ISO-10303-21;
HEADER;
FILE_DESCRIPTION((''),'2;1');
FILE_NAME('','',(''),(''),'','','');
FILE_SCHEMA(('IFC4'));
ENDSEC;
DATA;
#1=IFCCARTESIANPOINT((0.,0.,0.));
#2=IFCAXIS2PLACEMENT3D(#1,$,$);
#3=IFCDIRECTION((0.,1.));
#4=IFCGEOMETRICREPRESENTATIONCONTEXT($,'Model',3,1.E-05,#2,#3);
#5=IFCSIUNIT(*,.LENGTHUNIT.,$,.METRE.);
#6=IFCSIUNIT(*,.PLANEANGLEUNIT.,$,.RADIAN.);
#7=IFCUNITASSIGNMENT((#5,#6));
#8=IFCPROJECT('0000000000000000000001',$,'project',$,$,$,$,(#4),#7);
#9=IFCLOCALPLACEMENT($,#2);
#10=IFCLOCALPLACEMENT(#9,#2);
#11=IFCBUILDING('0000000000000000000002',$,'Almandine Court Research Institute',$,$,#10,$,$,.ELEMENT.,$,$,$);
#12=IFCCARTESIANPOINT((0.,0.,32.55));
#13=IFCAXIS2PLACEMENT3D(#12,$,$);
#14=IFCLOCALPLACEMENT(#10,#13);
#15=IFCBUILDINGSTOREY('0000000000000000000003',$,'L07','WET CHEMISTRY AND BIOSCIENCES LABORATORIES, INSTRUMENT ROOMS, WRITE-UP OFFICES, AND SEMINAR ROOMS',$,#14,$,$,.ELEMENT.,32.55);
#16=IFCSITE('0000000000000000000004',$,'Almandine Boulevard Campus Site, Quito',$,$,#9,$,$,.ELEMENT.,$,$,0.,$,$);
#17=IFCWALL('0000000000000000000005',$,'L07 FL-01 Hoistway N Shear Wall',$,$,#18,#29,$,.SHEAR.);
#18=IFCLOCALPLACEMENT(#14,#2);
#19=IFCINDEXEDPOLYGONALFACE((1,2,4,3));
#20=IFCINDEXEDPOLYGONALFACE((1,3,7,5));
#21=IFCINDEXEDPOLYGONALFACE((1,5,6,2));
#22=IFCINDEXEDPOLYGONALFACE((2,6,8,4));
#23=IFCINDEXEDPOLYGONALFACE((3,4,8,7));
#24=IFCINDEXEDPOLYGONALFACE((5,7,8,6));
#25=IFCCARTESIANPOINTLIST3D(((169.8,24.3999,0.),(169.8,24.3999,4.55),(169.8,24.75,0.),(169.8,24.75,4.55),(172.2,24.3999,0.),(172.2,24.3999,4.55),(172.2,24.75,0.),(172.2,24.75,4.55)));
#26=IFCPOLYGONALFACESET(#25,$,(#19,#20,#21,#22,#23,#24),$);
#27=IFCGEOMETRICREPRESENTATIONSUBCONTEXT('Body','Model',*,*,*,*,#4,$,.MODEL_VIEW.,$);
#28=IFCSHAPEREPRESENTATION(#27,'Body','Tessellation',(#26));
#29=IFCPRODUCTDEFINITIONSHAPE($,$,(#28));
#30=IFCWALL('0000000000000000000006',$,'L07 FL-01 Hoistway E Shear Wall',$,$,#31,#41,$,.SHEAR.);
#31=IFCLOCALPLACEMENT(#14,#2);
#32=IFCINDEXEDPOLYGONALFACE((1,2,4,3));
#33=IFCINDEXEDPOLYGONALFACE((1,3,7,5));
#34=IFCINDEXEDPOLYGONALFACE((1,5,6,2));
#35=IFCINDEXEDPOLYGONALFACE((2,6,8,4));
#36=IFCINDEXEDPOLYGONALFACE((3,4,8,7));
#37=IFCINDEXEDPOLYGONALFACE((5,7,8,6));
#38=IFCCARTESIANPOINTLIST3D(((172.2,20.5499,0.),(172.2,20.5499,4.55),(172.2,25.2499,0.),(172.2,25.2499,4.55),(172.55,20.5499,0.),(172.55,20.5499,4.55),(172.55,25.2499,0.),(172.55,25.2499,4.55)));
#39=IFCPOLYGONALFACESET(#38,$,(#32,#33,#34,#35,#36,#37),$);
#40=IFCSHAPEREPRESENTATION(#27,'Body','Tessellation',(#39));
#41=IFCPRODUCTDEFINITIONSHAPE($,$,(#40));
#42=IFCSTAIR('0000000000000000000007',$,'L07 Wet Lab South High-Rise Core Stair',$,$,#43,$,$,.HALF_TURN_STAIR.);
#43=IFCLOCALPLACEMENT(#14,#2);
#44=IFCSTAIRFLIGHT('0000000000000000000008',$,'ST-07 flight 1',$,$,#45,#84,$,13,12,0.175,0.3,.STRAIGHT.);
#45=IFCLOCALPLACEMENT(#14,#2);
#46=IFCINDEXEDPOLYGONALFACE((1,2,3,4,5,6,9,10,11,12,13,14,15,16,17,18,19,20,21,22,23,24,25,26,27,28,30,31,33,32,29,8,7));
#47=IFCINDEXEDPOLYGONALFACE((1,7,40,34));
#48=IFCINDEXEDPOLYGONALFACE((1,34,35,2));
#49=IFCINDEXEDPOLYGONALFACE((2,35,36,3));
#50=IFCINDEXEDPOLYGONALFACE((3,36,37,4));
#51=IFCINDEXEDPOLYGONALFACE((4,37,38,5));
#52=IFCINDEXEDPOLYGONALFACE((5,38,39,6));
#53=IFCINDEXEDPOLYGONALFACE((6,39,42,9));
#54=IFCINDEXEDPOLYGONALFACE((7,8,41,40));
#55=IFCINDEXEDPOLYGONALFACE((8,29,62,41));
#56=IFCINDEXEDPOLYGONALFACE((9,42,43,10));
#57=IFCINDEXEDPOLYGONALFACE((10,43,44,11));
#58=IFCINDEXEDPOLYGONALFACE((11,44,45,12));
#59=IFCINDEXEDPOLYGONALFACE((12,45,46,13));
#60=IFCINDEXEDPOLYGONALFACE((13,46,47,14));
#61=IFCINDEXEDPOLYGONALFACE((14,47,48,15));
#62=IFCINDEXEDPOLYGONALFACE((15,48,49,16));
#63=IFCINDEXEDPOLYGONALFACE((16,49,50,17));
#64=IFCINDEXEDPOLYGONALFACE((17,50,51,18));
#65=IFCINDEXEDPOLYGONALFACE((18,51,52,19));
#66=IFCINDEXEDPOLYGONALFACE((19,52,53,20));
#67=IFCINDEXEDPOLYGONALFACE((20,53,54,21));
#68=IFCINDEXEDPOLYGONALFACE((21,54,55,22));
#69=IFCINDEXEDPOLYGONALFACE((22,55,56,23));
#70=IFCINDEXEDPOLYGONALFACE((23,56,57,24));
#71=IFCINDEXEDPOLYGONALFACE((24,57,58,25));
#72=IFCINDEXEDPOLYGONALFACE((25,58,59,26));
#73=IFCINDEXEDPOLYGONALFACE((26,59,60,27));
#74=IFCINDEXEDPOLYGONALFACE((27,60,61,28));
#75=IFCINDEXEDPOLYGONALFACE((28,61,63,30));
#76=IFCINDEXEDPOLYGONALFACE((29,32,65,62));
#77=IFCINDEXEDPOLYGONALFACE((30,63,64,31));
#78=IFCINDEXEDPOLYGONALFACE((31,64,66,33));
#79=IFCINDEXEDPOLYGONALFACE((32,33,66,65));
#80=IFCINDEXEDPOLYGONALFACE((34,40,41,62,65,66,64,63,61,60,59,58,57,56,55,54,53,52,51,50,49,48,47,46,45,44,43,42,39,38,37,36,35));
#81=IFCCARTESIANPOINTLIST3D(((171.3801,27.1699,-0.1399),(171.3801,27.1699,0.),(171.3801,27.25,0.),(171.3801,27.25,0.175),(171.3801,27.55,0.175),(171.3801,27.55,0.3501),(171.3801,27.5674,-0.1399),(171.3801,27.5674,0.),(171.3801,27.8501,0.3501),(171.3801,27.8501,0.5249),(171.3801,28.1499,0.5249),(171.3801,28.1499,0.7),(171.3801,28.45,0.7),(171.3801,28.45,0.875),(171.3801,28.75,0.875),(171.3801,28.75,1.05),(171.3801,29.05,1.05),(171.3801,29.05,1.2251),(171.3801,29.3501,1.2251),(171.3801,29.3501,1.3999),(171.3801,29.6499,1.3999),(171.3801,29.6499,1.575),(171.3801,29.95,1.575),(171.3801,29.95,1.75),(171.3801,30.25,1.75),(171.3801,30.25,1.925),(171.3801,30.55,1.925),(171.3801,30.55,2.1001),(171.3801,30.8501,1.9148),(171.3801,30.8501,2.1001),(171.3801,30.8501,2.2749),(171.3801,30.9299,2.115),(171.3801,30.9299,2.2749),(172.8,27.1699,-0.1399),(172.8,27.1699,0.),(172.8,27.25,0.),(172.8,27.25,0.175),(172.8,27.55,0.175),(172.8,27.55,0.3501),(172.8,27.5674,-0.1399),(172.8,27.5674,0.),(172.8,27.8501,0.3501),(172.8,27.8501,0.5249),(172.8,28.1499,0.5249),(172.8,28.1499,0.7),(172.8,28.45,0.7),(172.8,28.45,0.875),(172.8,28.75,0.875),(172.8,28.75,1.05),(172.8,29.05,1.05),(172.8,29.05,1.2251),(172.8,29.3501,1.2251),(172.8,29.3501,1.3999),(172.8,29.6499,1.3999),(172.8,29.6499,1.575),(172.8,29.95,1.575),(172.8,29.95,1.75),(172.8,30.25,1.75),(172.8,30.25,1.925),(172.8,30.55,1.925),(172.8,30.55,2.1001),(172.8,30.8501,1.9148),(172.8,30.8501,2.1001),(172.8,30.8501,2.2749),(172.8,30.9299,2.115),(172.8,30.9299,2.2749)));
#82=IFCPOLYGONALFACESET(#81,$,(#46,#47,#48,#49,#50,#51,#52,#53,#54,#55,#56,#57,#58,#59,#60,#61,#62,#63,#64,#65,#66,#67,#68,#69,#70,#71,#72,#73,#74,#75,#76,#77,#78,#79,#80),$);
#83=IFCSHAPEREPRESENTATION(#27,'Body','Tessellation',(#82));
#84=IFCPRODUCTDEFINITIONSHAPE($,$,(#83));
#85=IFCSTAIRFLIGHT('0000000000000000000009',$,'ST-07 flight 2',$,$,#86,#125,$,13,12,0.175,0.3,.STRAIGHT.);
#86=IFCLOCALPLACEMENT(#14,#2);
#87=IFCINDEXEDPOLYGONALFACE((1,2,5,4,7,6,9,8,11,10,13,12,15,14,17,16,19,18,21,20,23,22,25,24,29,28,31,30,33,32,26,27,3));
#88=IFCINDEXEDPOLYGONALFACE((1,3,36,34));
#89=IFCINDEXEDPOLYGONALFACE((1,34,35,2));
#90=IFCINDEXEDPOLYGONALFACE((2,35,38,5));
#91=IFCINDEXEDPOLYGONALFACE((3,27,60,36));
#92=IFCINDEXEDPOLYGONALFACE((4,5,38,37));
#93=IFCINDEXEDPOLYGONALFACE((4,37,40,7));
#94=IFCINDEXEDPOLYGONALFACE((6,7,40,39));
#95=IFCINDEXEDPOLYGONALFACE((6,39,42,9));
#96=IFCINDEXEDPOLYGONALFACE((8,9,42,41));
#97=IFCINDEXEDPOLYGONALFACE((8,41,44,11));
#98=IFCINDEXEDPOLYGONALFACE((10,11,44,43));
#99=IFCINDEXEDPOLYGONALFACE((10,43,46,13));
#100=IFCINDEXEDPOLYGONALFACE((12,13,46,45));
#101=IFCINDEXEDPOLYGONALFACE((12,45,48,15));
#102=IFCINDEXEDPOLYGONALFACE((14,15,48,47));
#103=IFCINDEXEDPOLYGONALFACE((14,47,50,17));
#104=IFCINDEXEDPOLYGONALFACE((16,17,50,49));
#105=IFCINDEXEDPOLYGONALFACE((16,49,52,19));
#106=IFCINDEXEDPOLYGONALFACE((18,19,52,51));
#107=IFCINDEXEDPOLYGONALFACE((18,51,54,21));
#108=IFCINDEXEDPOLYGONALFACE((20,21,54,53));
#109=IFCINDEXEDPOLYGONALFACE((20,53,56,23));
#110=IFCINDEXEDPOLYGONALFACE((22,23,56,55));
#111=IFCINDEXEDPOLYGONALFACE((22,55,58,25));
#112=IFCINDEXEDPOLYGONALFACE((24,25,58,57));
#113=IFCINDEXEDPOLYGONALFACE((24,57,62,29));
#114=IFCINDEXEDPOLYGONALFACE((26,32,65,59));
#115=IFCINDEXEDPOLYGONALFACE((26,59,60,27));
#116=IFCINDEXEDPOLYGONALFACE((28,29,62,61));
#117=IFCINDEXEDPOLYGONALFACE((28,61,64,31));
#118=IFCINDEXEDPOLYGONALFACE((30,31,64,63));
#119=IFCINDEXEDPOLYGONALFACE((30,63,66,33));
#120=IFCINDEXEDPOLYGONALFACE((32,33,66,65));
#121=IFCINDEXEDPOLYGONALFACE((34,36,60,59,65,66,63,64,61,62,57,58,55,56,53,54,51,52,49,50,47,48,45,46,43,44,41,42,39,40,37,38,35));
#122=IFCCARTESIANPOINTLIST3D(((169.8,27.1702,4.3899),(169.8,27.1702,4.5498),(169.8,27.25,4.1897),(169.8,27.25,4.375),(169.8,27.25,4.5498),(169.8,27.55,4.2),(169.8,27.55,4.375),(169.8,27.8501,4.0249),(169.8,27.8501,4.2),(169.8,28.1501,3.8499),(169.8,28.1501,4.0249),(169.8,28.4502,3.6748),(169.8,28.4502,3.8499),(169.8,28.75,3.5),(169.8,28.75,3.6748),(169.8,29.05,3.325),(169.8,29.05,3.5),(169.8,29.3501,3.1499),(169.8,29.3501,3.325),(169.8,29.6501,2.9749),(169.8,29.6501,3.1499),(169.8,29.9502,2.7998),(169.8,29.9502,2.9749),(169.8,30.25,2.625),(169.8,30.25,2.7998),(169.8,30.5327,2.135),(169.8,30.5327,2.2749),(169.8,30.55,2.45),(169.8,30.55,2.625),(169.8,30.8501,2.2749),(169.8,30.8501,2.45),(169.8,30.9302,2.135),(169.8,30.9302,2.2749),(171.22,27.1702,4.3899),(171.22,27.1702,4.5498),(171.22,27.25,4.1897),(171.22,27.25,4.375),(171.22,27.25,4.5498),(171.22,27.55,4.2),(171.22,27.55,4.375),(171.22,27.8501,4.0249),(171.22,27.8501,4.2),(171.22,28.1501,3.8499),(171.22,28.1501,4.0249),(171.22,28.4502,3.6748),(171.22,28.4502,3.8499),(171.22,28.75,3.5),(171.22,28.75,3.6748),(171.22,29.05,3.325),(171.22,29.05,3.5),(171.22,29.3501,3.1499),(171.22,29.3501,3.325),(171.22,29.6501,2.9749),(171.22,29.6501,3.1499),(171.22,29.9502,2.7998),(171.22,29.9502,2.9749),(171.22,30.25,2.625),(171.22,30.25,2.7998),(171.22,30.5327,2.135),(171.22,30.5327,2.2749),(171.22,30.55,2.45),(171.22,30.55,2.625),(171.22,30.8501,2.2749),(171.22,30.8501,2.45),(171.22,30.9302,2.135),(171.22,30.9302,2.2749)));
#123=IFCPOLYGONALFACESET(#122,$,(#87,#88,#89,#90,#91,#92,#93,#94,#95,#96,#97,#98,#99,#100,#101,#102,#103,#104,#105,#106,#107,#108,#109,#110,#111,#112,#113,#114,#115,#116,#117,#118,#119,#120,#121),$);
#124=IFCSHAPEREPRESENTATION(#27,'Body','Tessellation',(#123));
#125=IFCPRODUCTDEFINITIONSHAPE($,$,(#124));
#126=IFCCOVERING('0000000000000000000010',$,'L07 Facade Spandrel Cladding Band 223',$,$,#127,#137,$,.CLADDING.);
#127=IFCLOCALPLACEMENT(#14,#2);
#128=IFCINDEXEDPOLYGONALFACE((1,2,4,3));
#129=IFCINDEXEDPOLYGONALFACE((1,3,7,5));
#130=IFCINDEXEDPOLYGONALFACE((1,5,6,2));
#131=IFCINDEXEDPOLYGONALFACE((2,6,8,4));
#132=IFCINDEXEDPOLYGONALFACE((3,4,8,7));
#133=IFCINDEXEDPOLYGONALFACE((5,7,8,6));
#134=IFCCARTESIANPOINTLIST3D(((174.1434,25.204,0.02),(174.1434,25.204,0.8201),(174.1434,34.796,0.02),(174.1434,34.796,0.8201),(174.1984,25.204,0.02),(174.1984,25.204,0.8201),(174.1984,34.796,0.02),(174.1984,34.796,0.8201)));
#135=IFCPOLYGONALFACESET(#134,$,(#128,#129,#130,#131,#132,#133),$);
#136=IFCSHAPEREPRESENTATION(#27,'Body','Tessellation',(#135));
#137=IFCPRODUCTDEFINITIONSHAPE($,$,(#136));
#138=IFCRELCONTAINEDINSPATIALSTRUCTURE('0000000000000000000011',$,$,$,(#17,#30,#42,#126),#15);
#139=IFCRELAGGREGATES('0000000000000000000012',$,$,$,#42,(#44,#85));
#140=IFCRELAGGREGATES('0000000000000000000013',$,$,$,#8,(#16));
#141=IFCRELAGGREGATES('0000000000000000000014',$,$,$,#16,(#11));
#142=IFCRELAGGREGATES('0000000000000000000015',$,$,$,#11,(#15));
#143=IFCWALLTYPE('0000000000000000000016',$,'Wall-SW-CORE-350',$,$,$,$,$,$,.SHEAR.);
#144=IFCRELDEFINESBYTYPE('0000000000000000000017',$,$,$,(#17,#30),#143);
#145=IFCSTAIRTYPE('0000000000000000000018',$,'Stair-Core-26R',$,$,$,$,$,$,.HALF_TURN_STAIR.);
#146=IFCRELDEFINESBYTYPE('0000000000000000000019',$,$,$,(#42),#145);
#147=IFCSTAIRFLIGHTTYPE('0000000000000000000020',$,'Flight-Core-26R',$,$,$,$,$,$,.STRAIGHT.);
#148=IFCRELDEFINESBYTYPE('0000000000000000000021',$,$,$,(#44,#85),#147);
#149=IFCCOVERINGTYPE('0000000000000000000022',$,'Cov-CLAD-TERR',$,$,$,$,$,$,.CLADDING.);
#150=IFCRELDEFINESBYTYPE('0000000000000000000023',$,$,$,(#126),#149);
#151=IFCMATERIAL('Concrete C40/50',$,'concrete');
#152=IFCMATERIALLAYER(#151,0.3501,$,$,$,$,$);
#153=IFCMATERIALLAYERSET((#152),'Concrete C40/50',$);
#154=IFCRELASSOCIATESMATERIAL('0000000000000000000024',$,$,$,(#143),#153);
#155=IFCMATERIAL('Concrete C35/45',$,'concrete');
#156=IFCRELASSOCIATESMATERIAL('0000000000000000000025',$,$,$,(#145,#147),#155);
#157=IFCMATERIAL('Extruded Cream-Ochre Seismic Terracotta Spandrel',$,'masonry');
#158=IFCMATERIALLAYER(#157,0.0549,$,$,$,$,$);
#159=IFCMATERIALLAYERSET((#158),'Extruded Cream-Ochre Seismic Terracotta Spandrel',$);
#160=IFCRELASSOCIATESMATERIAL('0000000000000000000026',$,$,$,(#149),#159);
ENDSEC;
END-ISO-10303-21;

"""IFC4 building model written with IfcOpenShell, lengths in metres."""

from ifc_helpers import new_model, si_unit, direction, frame, frame_2d, origin, origin_2d, place, context, subcontext, project, spatial, polyline, rectangle, outline, extrude, material, layer, layer_set, type_object, element, aggregate, save


model = new_model("IFC4")

# Units and contexts
model_context = context("Model", 3, precision=1e-05, world=origin(), true_north=direction((0.0, 1.0)))
body_context = subcontext(model_context, "Body", "Model", "MODEL_VIEW")
ifc_project = project(units=[si_unit("LENGTHUNIT", "METRE"), si_unit("PLANEANGLEUNIT", "RADIAN")], contexts=[model_context])

# Site, building, storey
site_placement = place(None, origin())
site = spatial("IfcSite", under=ifc_project, at=site_placement, Name="Almandine Boulevard Campus Site, Quito", CompositionType="ELEMENT", RefElevation=0.0)
building_placement = place(site_placement, origin())
building = spatial("IfcBuilding", under=site, at=building_placement, Name="Almandine Court Research Institute", CompositionType="ELEMENT")
storey_placement = place(building_placement, frame((0.0, 0.0, 32.55)))
storey = spatial("IfcBuildingStorey", under=building, at=storey_placement, Name="L07", Description="WET CHEMISTRY AND BIOSCIENCES LABORATORIES, INSTRUMENT ROOMS, WRITE-UP OFFICES, AND SEMINAR ROOMS", CompositionType="ELEMENT", Elevation=32.55)

# Shared definitions
ifc_material_1 = material(Name="Concrete C40/50", Category="concrete")

# Shared definitions
ifc_layer_1 = layer(ifc_material_1, 0.3501)
ifc_layer_set_1 = layer_set([ifc_layer_1], Name="Concrete C40/50")
wall_type_1 = type_object("IfcWallType", Name="Wall-SW-CORE-350", PredefinedType="SHEAR", material=ifc_layer_set_1)

# Walls
wall_1_placement = place(storey_placement, frame((169.8, 24.575, 0.0), z_axis=(0.0, 0.0, 1.0), x_axis=(1.0, 0.0, 0.0)))
element("IfcWall", 1, at=wall_1_placement, inside=storey, type_object=wall_type_1, Name="L07 FL-01 Hoistway N Shear Wall", PredefinedType="SHEAR", context=body_context, shape_type="SweptSolid", body=[
    extrude(rectangle(XDim=2.3999, YDim=0.3501, at=frame_2d((1.2, 0.0))), origin(), (0.0, 0.0, 1.0), 4.55),
])
wall_2_placement = place(storey_placement, frame((172.375, 25.25, 0.0), z_axis=(0.0, 0.0, 1.0), x_axis=(0.0, -1.0, 0.0)))
element("IfcWall", 2, at=wall_2_placement, inside=storey, type_object=wall_type_1, Name="L07 FL-01 Hoistway E Shear Wall", PredefinedType="SHEAR", context=body_context, shape_type="SweptSolid", body=[
    extrude(rectangle(XDim=4.7, YDim=0.3501, at=frame_2d((2.3501, 0.0))), origin(), (0.0, 0.0, 1.0), 4.55),
])

# Stair, stair flights
ifc_material_2 = material(Name="Concrete C35/45", Category="concrete")
stair_type = type_object("IfcStairType", Name="Stair-Core-26R", PredefinedType="HALF_TURN_STAIR", material=ifc_material_2)
stair_placement = place(storey_placement, origin())
stair = element("IfcStair", 3, at=stair_placement, inside=storey, type_object=stair_type, Name="L07 Wet Lab South High-Rise Core Stair", PredefinedType="HALF_TURN_STAIR")
stair_flight_type = type_object("IfcStairFlightType", Name="Flight-Core-26R", PredefinedType="STRAIGHT", material=ifc_material_2)
stair_flight_1_placement = place(storey_placement, frame((172.0901, 27.25, 0.0), z_axis=(0.0, 0.0, 1.0), x_axis=(0.0, 1.0, 0.0)))
stair_flight_1 = element("IfcStairFlight", 4, at=stair_flight_1_placement, type_object=stair_flight_type, Name="ST-07 flight 1", NumberOfRisers=13, NumberOfTreads=12, PredefinedType="STRAIGHT", RiserHeight=0.175, TreadLength=0.3, context=body_context, shape_type="SweptSolid", body=[
    extrude(outline(polyline([(-0.0801, -0.1399), (-0.0801, 0.0), (0.0, 0.0), (0.0, 0.175), (0.3, 0.175), (0.3, 0.3501), (0.6001, 0.3501), (0.6001, 0.5249), (0.8999, 0.5249), (0.8999, 0.7), (1.2, 0.7), (1.2, 0.875), (1.5, 0.875), (1.5, 1.05), (1.8, 1.05), (1.8, 1.2251), (2.1001, 1.2251), (2.1001, 1.3999), (2.3999, 1.3999), (2.3999, 1.575), (2.7, 1.575), (2.7, 1.75), (3.0, 1.75), (3.0, 1.925), (3.3, 1.925), (3.3, 2.1001), (3.6001, 2.1001), (3.6001, 2.2749), (3.6799, 2.2749), (3.6799, 2.115), (3.6001, 1.9148), (0.3174, 0.0), (0.3174, -0.1399), (-0.0801, -0.1399)])), frame((0.0, 0.71, 0.0), z_axis=(0.0, -1.0, 0.0), x_axis=(1.0, 0.0, 0.0)), (0.0, 0.0, 1.0), 1.4199),
])
stair_flight_2_placement = place(storey_placement, frame((170.51, 30.8501, 2.2749), z_axis=(0.0, 0.0, 1.0), x_axis=(0.0, -1.0, 0.0)))
stair_flight_2 = element("IfcStairFlight", 5, at=stair_flight_2_placement, type_object=stair_flight_type, Name="ST-07 flight 2", NumberOfRisers=13, NumberOfTreads=12, PredefinedType="STRAIGHT", RiserHeight=0.175, TreadLength=0.3, context=body_context, shape_type="SweptSolid", body=[
    extrude(outline(polyline([(-0.0801, -0.1399), (-0.0801, 0.0), (0.0, 0.0), (0.0, 0.175), (0.3, 0.175), (0.3, 0.3501), (0.6001, 0.3501), (0.6001, 0.5249), (0.8999, 0.5249), (0.8999, 0.7), (1.2, 0.7), (1.2, 0.875), (1.5, 0.875), (1.5, 1.05), (1.8, 1.05), (1.8, 1.2251), (2.1001, 1.2251), (2.1001, 1.3999), (2.3999, 1.3999), (2.3999, 1.575), (2.7, 1.575), (2.7, 1.75), (3.0, 1.75), (3.0, 1.925), (3.3, 1.925), (3.3, 2.1001), (3.6001, 2.1001), (3.6001, 2.2749), (3.6799, 2.2749), (3.6799, 2.115), (3.6001, 1.9148), (0.3174, 0.0), (0.3174, -0.1399), (-0.0801, -0.1399)])), frame((0.0, 0.71, 0.0), z_axis=(0.0, -1.0, 0.0), x_axis=(1.0, 0.0, 0.0)), (0.0, 0.0, 1.0), 1.4199),
])
aggregate(stair, [stair_flight_1, stair_flight_2])

# Covering
ifc_material_3 = material(Name="Extruded Cream-Ochre Seismic Terracotta Spandrel", Category="masonry")
ifc_layer_2 = layer(ifc_material_3, 0.0549)
ifc_layer_set_2 = layer_set([ifc_layer_2], Name="Extruded Cream-Ochre Seismic Terracotta Spandrel")
covering_type = type_object("IfcCoveringType", Name="Cov-CLAD-TERR", PredefinedType="CLADDING", material=ifc_layer_set_2)
covering_placement = place(storey_placement, frame((174.1709, 30.0, 0.02), z_axis=(0.0, 0.0, 1.0), x_axis=(0.0, -1.0, 0.0)))
element("IfcCovering", 6, at=covering_placement, inside=storey, type_object=covering_type, Name="L07 Facade Spandrel Cladding Band 223", PredefinedType="CLADDING", context=body_context, shape_type="SweptSolid", body=[
    extrude(rectangle(XDim=9.592, YDim=0.0549, at=origin_2d()), origin(), (0.0, 0.0, 1.0), 0.8),
])

save(model, "model.ifc")
